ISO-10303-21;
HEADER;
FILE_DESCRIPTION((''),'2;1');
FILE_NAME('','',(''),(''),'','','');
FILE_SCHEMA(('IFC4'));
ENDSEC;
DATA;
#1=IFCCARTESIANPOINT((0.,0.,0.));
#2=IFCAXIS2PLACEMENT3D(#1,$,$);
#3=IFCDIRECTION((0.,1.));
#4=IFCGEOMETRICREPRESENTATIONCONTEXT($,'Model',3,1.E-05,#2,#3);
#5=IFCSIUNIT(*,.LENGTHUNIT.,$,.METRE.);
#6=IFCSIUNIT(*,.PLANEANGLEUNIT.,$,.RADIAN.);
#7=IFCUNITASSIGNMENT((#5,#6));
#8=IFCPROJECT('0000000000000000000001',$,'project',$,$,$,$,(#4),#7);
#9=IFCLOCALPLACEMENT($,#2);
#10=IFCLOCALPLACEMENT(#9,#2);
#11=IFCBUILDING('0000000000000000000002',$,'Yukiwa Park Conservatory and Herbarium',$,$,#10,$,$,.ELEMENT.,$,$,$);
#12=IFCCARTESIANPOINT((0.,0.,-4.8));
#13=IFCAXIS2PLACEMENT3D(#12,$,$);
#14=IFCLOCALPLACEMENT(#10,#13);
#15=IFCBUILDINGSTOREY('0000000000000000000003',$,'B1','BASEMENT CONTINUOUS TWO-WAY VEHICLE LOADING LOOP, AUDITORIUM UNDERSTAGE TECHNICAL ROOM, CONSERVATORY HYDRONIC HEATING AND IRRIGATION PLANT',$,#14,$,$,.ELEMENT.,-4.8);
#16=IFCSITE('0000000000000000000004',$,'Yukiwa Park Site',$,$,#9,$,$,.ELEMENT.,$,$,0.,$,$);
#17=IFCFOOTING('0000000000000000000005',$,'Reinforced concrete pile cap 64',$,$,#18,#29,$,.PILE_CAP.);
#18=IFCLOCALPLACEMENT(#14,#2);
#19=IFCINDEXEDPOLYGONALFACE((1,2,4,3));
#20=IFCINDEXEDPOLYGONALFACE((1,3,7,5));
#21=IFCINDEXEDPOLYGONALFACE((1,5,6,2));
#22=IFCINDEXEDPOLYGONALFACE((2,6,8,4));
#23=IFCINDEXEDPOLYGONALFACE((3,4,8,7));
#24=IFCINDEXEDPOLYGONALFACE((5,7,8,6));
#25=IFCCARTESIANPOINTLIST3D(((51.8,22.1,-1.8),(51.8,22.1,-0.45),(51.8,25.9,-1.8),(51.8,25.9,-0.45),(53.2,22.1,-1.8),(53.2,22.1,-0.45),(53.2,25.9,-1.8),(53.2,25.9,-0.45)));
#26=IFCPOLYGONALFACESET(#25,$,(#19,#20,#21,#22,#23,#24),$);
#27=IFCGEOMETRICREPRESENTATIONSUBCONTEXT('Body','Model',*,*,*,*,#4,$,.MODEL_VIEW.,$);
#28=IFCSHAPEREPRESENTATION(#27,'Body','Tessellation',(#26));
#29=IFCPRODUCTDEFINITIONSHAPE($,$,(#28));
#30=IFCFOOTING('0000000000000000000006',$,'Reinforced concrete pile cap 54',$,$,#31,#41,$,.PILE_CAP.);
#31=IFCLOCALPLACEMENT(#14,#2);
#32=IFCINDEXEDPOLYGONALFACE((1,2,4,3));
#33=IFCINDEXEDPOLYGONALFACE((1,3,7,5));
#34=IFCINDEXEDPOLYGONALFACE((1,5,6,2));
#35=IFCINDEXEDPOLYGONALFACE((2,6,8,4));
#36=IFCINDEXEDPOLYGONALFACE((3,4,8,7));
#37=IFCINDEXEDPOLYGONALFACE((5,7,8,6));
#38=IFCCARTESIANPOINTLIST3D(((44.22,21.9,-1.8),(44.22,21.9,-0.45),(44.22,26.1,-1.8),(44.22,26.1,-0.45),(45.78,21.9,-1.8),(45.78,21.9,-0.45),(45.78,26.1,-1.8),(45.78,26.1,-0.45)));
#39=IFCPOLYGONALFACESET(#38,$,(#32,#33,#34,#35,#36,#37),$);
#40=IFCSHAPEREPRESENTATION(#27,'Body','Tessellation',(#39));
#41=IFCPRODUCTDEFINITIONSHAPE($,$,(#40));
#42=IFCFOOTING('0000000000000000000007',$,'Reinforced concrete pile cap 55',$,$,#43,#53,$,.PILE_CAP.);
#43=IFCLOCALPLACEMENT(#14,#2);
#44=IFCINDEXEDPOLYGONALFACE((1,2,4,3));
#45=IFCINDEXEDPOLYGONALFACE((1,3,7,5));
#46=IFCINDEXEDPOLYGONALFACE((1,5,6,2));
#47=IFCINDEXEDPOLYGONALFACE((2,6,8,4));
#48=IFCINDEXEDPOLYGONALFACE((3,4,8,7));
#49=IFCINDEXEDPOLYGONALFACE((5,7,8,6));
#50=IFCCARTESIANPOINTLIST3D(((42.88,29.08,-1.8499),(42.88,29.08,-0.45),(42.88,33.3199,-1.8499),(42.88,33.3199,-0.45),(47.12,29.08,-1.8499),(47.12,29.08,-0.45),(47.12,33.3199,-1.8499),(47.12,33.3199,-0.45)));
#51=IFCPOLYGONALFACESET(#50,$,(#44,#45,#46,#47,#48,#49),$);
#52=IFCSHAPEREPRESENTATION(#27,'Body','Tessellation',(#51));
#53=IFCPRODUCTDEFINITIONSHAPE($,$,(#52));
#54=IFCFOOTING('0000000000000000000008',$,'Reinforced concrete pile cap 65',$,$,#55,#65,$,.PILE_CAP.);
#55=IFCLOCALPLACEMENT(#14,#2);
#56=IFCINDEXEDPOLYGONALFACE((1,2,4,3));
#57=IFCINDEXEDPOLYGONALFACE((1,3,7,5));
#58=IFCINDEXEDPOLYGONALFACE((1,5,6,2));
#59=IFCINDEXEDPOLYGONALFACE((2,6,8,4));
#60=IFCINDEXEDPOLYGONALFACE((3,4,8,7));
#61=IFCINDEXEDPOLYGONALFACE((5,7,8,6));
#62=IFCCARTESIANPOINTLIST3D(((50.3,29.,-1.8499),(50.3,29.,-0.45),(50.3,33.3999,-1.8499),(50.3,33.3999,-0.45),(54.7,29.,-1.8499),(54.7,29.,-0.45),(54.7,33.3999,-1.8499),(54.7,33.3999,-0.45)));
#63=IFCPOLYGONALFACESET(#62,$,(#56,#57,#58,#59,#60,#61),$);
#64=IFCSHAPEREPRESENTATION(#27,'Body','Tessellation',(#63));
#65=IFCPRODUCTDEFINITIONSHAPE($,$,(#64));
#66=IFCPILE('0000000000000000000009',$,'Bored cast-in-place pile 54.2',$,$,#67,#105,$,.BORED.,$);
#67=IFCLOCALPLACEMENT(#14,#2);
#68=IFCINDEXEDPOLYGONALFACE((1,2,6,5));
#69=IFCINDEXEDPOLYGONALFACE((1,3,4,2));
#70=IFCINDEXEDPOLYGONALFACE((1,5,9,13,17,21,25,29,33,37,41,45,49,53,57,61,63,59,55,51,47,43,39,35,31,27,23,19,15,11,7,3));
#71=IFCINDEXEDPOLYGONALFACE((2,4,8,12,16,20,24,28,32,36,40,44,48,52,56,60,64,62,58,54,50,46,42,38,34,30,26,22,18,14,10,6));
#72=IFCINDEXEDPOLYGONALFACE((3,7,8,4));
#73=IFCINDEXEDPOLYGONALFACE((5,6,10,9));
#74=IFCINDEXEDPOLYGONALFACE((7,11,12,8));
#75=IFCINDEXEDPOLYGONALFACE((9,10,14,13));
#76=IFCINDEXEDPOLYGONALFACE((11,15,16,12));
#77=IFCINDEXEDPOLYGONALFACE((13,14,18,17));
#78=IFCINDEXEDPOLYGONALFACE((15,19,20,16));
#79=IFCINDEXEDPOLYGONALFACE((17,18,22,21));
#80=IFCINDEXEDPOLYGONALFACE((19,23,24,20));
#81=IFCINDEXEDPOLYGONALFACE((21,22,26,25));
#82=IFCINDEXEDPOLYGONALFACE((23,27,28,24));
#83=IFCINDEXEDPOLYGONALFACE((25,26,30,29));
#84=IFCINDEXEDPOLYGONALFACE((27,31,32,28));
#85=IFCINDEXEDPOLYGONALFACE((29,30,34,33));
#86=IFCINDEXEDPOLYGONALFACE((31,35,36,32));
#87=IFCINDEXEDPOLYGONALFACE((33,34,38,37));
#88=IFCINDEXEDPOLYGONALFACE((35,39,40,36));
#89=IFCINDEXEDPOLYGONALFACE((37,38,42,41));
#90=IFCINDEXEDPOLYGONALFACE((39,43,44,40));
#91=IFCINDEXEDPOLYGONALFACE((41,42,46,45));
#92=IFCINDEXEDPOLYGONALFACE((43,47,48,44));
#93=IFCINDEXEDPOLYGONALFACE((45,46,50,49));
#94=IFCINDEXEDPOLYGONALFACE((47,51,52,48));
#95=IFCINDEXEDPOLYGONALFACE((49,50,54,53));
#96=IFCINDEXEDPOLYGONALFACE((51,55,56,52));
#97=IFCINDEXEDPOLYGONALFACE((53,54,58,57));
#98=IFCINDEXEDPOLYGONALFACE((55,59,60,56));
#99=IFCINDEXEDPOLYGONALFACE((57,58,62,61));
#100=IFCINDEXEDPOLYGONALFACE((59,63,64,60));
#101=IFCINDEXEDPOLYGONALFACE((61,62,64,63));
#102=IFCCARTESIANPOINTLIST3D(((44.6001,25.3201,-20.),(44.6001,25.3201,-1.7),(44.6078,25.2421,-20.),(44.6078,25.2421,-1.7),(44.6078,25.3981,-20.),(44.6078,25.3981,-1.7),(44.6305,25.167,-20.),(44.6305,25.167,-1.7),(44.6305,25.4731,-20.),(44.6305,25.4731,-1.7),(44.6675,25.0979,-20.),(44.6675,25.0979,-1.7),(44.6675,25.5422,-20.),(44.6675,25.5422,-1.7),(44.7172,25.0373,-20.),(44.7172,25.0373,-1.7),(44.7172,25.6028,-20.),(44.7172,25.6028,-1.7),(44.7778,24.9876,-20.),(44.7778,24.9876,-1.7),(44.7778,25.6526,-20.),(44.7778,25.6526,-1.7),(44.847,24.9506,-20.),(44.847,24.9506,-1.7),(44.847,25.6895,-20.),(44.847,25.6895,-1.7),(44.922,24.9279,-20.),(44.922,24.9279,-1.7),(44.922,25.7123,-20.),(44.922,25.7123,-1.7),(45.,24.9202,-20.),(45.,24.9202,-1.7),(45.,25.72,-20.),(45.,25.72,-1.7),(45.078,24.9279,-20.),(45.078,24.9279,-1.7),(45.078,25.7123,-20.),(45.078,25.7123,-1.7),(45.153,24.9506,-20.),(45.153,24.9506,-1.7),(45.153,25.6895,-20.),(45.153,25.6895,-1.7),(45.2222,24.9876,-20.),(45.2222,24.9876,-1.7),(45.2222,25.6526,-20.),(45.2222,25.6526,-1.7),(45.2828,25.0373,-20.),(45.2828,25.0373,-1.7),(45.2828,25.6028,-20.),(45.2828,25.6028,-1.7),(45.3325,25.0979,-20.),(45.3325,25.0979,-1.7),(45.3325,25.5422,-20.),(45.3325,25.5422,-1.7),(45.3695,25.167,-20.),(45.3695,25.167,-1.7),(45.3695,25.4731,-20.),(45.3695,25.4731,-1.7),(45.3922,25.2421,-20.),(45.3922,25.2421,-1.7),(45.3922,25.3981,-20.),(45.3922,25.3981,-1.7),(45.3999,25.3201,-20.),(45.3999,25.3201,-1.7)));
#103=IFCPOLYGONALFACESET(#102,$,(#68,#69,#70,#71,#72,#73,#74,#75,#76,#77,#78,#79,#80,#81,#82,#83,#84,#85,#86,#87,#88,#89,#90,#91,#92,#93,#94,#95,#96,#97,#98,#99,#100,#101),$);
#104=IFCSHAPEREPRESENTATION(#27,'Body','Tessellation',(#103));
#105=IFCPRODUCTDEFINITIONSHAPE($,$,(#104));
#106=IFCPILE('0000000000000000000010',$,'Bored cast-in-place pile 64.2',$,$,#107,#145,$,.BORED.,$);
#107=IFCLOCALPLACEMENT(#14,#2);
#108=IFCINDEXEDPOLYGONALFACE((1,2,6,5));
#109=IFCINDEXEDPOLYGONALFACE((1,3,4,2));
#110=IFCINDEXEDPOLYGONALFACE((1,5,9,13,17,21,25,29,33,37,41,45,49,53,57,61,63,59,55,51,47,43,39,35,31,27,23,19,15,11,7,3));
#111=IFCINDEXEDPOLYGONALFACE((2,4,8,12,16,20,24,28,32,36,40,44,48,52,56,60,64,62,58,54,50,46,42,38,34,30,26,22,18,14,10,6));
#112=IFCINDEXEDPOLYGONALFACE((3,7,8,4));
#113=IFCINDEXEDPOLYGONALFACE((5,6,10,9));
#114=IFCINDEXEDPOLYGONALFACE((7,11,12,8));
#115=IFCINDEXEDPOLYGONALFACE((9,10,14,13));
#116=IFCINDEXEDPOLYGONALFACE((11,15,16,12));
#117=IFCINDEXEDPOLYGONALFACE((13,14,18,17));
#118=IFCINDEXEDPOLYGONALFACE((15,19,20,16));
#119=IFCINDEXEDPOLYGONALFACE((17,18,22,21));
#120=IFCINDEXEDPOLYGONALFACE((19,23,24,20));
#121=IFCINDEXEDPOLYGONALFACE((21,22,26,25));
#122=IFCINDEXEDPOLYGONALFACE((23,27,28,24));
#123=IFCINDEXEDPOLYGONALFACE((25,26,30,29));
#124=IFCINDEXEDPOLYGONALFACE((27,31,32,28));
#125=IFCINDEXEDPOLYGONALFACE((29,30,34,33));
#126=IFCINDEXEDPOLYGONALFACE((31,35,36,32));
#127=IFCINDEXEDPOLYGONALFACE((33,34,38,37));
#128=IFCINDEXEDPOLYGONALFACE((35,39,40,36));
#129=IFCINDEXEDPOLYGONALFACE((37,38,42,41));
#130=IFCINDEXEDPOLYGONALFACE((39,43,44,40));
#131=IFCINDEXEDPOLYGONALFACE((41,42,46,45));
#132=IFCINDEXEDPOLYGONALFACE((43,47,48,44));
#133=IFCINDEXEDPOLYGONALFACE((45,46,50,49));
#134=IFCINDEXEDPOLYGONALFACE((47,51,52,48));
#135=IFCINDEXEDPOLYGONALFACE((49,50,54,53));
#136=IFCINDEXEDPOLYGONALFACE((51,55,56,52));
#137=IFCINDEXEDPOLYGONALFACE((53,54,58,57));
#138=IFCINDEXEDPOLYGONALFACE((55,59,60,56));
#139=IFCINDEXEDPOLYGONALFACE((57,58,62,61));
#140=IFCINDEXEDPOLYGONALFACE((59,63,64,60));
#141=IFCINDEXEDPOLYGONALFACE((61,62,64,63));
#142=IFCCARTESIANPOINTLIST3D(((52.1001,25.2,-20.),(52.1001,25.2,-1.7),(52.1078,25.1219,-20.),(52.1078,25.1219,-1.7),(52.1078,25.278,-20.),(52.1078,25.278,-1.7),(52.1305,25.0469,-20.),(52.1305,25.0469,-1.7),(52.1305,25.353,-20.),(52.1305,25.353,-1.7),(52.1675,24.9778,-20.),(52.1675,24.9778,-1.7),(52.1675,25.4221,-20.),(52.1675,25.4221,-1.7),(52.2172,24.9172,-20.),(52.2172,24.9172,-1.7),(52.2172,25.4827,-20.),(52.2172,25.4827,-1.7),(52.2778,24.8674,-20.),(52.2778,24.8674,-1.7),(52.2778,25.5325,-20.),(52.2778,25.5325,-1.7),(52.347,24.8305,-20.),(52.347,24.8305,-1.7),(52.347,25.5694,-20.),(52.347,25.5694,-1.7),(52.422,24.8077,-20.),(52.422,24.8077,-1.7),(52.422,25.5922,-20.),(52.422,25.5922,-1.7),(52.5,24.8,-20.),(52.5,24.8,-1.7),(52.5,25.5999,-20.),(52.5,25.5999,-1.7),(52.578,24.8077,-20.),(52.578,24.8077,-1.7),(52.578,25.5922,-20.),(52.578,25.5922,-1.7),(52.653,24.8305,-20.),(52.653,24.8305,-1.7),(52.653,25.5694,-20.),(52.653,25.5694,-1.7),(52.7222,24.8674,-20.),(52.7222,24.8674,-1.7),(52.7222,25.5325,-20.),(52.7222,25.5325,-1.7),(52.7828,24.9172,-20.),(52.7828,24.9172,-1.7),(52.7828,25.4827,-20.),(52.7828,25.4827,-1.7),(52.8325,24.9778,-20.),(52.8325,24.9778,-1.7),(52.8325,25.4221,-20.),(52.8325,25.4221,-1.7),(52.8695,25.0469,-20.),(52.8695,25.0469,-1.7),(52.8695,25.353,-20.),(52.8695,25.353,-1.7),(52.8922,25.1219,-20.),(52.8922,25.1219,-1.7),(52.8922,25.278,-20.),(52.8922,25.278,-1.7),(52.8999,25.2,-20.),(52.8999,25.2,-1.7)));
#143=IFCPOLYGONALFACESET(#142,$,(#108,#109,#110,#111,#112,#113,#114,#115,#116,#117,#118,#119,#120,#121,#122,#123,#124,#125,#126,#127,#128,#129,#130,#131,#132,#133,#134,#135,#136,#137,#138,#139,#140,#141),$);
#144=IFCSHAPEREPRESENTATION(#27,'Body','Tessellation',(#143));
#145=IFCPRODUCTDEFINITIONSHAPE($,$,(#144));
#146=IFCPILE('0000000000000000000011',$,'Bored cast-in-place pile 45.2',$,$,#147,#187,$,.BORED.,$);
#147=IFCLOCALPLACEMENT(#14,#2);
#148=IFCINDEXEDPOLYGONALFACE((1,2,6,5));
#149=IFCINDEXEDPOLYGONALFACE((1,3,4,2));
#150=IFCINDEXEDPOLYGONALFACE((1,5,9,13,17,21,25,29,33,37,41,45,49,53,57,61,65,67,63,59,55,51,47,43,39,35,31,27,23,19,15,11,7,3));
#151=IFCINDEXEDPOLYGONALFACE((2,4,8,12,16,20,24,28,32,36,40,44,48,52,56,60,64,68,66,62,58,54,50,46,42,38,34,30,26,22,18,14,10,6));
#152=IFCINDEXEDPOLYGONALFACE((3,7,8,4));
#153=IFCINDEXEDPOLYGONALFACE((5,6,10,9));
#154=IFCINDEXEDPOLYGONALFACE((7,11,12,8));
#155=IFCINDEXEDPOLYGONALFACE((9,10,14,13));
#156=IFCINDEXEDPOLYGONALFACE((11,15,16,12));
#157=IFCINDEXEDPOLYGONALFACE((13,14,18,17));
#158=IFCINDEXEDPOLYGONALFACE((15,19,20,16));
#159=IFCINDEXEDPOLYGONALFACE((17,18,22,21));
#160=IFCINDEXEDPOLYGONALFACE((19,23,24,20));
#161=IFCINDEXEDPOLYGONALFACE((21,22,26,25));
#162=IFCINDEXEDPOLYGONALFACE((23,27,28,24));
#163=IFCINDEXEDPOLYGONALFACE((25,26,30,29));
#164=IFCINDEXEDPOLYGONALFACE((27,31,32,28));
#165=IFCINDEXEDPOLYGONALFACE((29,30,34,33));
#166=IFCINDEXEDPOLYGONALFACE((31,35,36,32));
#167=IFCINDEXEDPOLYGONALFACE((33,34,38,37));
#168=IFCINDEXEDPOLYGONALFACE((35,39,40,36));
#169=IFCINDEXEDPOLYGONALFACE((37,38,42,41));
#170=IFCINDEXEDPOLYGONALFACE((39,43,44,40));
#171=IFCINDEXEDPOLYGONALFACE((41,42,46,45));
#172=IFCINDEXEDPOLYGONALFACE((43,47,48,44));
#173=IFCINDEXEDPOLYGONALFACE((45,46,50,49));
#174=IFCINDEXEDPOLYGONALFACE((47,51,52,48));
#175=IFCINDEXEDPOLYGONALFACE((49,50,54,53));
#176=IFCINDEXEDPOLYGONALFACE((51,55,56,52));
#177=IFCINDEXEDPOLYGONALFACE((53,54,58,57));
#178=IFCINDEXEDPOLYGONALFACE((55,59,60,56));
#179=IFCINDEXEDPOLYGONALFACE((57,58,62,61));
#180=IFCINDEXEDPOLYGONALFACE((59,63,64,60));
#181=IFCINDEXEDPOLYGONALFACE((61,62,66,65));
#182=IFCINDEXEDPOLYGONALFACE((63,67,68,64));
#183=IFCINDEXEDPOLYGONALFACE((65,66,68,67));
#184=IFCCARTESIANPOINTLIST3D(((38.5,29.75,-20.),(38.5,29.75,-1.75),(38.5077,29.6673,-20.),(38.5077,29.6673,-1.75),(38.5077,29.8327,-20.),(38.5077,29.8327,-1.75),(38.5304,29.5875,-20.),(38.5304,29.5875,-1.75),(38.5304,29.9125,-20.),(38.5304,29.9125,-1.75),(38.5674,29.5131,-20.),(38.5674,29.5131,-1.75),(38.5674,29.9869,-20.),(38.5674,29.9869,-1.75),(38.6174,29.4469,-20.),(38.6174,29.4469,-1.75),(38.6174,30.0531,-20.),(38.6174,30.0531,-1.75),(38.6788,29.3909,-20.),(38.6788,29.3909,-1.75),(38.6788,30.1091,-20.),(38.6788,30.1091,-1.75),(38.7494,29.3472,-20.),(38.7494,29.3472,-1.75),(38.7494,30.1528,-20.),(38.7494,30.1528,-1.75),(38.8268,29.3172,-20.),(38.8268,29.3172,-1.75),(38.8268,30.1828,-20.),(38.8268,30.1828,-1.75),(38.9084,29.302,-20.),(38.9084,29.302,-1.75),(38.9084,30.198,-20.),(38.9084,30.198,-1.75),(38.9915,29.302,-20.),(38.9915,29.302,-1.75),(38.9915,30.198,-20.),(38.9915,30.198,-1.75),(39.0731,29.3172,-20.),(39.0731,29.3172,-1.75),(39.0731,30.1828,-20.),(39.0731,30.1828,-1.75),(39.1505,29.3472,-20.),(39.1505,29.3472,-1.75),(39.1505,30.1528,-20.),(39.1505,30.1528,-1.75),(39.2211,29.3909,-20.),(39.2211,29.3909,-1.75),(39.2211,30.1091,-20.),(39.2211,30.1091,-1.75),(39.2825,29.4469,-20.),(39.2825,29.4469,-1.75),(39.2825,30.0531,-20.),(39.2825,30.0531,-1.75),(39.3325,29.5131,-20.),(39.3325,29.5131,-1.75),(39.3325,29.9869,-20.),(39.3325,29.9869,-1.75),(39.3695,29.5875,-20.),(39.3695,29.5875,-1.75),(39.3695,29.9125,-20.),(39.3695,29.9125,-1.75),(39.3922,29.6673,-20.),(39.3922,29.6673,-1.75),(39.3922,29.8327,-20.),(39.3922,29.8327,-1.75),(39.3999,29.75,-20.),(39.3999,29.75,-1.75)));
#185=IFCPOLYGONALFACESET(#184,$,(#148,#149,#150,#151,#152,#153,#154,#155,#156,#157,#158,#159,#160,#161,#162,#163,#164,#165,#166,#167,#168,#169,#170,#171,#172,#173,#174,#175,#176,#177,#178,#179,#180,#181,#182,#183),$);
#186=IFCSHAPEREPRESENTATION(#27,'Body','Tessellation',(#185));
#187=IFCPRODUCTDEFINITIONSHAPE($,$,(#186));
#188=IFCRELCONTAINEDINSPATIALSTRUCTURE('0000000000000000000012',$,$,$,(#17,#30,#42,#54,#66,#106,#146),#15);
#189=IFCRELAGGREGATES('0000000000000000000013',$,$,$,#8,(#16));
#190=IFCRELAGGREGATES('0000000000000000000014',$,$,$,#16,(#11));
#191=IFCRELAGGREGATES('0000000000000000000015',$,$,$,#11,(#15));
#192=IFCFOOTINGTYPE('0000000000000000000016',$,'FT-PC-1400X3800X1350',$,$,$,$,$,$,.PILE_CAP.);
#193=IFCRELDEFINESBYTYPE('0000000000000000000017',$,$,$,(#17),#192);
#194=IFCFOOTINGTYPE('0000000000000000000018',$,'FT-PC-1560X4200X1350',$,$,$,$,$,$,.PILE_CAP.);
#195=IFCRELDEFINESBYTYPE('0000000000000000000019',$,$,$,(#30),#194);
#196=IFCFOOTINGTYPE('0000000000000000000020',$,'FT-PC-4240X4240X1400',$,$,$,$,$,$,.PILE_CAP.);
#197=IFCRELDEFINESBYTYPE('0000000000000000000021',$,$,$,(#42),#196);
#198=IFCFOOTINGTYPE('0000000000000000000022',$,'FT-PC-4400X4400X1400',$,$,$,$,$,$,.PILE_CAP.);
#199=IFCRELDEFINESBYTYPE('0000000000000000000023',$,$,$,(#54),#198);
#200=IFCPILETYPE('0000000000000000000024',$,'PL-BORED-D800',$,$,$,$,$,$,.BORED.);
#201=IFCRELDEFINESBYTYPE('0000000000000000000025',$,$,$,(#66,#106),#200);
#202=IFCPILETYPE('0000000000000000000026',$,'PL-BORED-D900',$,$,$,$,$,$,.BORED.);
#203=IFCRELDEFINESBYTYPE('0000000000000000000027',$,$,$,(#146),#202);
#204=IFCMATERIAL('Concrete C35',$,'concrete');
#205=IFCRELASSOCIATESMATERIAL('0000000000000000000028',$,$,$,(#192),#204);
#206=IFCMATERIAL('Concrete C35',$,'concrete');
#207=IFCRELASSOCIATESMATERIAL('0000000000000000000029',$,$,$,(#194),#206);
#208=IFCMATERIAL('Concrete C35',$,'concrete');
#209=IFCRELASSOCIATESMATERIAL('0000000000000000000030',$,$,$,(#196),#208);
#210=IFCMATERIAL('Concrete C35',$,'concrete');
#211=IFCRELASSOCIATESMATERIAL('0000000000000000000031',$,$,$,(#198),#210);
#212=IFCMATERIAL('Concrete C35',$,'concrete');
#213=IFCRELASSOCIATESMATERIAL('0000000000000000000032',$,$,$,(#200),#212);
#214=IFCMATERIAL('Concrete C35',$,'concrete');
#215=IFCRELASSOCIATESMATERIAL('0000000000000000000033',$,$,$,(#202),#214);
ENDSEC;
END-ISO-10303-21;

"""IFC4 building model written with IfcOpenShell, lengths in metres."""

from ifc_helpers import new_model, si_unit, direction, frame, origin, origin_2d, place, context, subcontext, project, spatial, rectangle, circle, extrude, material, material_profile, profile_set, type_object, element, save


model = new_model("IFC4")

# Units and contexts
model_context = context("Model", 3, precision=1e-05, world=origin(), true_north=direction((0.0, 1.0)))
body_context = subcontext(model_context, "Body", "Model", "MODEL_VIEW")
ifc_project = project(units=[si_unit("LENGTHUNIT", "METRE"), si_unit("PLANEANGLEUNIT", "RADIAN")], contexts=[model_context])

# Site, building, storey
site_placement = place(None, origin())
site = spatial("IfcSite", under=ifc_project, at=site_placement, Name="Yukiwa Park Site", CompositionType="ELEMENT", RefElevation=0.0)
building_placement = place(site_placement, origin())
building = spatial("IfcBuilding", under=site, at=building_placement, Name="Yukiwa Park Conservatory and Herbarium", CompositionType="ELEMENT")
storey_placement = place(building_placement, frame((0.0, 0.0, -4.8)))
storey = spatial("IfcBuildingStorey", under=building, at=storey_placement, Name="B1", Description="BASEMENT CONTINUOUS TWO-WAY VEHICLE LOADING LOOP, AUDITORIUM UNDERSTAGE TECHNICAL ROOM, CONSERVATORY HYDRONIC HEATING AND IRRIGATION PLANT", CompositionType="ELEMENT", Elevation=-4.8)

# Footings
ifc_material_1 = material(Name="Concrete C35", Category="concrete")
footing_type_1 = type_object("IfcFootingType", Name="FT-PC-1400X3800X1350", PredefinedType="PILE_CAP", material=ifc_material_1)
footing_1_placement = place(storey_placement, frame((52.5, 24.0, -1.8), z_axis=(0.0, 0.0, 1.0), x_axis=(1.0, 0.0, 0.0)))
element("IfcFooting", 1, at=footing_1_placement, inside=storey, type_object=footing_type_1, Name="Reinforced concrete pile cap 64", PredefinedType="PILE_CAP", context=body_context, shape_type="SweptSolid", body=[
    extrude(rectangle(XDim=1.3999, YDim=3.8, at=origin_2d()), origin(), (0.0, 0.0, 1.0), 1.3501),
])
ifc_material_2 = material(Name="Concrete C35", Category="concrete")
footing_type_2 = type_object("IfcFootingType", Name="FT-PC-1560X4200X1350", PredefinedType="PILE_CAP", material=ifc_material_2)
footing_2_placement = place(storey_placement, frame((45.0, 24.0, -1.8), z_axis=(0.0, 0.0, 1.0), x_axis=(1.0, 0.0, 0.0)))
element("IfcFooting", 2, at=footing_2_placement, inside=storey, type_object=footing_type_2, Name="Reinforced concrete pile cap 54", PredefinedType="PILE_CAP", context=body_context, shape_type="SweptSolid", body=[
    extrude(rectangle(XDim=1.5601, YDim=4.2, at=origin_2d()), origin(), (0.0, 0.0, 1.0), 1.3501),
])
ifc_material_3 = material(Name="Concrete C35", Category="concrete")
footing_type_3 = type_object("IfcFootingType", Name="FT-PC-4240X4240X1400", PredefinedType="PILE_CAP", material=ifc_material_3)
footing_3_placement = place(storey_placement, frame((45.0, 31.2, -1.8499), z_axis=(0.0, 0.0, 1.0), x_axis=(1.0, 0.0, 0.0)))
element("IfcFooting", 3, at=footing_3_placement, inside=storey, type_object=footing_type_3, Name="Reinforced concrete pile cap 55", PredefinedType="PILE_CAP", context=body_context, shape_type="SweptSolid", body=[
    extrude(rectangle(XDim=4.24, YDim=4.24, at=origin_2d()), origin(), (0.0, 0.0, 1.0), 1.3999),
])
ifc_material_4 = material(Name="Concrete C35", Category="concrete")
footing_type_4 = type_object("IfcFootingType", Name="FT-PC-4400X4400X1400", PredefinedType="PILE_CAP", material=ifc_material_4)
footing_4_placement = place(storey_placement, frame((52.5, 31.2, -1.8499), z_axis=(0.0, 0.0, 1.0), x_axis=(1.0, 0.0, 0.0)))
element("IfcFooting", 4, at=footing_4_placement, inside=storey, type_object=footing_type_4, Name="Reinforced concrete pile cap 65", PredefinedType="PILE_CAP", context=body_context, shape_type="SweptSolid", body=[
    extrude(rectangle(XDim=4.3999, YDim=4.3999, at=origin_2d()), origin(), (0.0, 0.0, 1.0), 1.3999),
])

# Piles
ifc_material_5 = material(Name="Concrete C35", Category="concrete")
ifc_material_profile_1 = material_profile(ifc_material_5, circle(Radius=0.3999, at=origin_2d()), Name="PILE D800")
ifc_profile_set_1 = profile_set([ifc_material_profile_1], Name="Concrete C35")
pile_type_1 = type_object("IfcPileType", Name="PL-BORED-D800", PredefinedType="BORED", material=ifc_profile_set_1)
for number, where, z_axis, x_axis, name in (
    (5, (45.0, 25.3201, -1.7), (0.0, 0.0, -1.0), (1.0, 0.0, 0.0), "Bored cast-in-place pile 54.2"),
    (6, (52.5, 25.2, -1.7), (0.0, 0.0, -1.0), (1.0, 0.0, 0.0), "Bored cast-in-place pile 64.2"),
):
    element("IfcPile", number, at=place(storey_placement, frame(where, z_axis=z_axis, x_axis=x_axis)), inside=storey, type_object=pile_type_1, Name=name, PredefinedType="BORED", context=body_context, shape_type="SweptSolid", body=[
        extrude(circle(Radius=0.3999, at=origin_2d()), origin(), (0.0, 0.0, 1.0), 18.3),
    ])
ifc_material_6 = material(Name="Concrete C35", Category="concrete")
ifc_material_profile_2 = material_profile(ifc_material_6, circle(Radius=0.45, at=origin_2d()), Name="PILE D900")
ifc_profile_set_2 = profile_set([ifc_material_profile_2], Name="Concrete C35")
pile_type_2 = type_object("IfcPileType", Name="PL-BORED-D900", PredefinedType="BORED", material=ifc_profile_set_2)
for number, where, z_axis, x_axis, name in (
    (7, (38.95, 29.75, -1.75), (0.0, 0.0, -1.0), (1.0, 0.0, 0.0), "Bored cast-in-place pile 45.2"),
):
    element("IfcPile", number, at=place(storey_placement, frame(where, z_axis=z_axis, x_axis=x_axis)), inside=storey, type_object=pile_type_2, Name=name, PredefinedType="BORED", context=body_context, shape_type="SweptSolid", body=[
        extrude(circle(Radius=0.45, at=origin_2d()), origin(), (0.0, 0.0, 1.0), 18.25),
    ])

save(model, "model.ifc")
